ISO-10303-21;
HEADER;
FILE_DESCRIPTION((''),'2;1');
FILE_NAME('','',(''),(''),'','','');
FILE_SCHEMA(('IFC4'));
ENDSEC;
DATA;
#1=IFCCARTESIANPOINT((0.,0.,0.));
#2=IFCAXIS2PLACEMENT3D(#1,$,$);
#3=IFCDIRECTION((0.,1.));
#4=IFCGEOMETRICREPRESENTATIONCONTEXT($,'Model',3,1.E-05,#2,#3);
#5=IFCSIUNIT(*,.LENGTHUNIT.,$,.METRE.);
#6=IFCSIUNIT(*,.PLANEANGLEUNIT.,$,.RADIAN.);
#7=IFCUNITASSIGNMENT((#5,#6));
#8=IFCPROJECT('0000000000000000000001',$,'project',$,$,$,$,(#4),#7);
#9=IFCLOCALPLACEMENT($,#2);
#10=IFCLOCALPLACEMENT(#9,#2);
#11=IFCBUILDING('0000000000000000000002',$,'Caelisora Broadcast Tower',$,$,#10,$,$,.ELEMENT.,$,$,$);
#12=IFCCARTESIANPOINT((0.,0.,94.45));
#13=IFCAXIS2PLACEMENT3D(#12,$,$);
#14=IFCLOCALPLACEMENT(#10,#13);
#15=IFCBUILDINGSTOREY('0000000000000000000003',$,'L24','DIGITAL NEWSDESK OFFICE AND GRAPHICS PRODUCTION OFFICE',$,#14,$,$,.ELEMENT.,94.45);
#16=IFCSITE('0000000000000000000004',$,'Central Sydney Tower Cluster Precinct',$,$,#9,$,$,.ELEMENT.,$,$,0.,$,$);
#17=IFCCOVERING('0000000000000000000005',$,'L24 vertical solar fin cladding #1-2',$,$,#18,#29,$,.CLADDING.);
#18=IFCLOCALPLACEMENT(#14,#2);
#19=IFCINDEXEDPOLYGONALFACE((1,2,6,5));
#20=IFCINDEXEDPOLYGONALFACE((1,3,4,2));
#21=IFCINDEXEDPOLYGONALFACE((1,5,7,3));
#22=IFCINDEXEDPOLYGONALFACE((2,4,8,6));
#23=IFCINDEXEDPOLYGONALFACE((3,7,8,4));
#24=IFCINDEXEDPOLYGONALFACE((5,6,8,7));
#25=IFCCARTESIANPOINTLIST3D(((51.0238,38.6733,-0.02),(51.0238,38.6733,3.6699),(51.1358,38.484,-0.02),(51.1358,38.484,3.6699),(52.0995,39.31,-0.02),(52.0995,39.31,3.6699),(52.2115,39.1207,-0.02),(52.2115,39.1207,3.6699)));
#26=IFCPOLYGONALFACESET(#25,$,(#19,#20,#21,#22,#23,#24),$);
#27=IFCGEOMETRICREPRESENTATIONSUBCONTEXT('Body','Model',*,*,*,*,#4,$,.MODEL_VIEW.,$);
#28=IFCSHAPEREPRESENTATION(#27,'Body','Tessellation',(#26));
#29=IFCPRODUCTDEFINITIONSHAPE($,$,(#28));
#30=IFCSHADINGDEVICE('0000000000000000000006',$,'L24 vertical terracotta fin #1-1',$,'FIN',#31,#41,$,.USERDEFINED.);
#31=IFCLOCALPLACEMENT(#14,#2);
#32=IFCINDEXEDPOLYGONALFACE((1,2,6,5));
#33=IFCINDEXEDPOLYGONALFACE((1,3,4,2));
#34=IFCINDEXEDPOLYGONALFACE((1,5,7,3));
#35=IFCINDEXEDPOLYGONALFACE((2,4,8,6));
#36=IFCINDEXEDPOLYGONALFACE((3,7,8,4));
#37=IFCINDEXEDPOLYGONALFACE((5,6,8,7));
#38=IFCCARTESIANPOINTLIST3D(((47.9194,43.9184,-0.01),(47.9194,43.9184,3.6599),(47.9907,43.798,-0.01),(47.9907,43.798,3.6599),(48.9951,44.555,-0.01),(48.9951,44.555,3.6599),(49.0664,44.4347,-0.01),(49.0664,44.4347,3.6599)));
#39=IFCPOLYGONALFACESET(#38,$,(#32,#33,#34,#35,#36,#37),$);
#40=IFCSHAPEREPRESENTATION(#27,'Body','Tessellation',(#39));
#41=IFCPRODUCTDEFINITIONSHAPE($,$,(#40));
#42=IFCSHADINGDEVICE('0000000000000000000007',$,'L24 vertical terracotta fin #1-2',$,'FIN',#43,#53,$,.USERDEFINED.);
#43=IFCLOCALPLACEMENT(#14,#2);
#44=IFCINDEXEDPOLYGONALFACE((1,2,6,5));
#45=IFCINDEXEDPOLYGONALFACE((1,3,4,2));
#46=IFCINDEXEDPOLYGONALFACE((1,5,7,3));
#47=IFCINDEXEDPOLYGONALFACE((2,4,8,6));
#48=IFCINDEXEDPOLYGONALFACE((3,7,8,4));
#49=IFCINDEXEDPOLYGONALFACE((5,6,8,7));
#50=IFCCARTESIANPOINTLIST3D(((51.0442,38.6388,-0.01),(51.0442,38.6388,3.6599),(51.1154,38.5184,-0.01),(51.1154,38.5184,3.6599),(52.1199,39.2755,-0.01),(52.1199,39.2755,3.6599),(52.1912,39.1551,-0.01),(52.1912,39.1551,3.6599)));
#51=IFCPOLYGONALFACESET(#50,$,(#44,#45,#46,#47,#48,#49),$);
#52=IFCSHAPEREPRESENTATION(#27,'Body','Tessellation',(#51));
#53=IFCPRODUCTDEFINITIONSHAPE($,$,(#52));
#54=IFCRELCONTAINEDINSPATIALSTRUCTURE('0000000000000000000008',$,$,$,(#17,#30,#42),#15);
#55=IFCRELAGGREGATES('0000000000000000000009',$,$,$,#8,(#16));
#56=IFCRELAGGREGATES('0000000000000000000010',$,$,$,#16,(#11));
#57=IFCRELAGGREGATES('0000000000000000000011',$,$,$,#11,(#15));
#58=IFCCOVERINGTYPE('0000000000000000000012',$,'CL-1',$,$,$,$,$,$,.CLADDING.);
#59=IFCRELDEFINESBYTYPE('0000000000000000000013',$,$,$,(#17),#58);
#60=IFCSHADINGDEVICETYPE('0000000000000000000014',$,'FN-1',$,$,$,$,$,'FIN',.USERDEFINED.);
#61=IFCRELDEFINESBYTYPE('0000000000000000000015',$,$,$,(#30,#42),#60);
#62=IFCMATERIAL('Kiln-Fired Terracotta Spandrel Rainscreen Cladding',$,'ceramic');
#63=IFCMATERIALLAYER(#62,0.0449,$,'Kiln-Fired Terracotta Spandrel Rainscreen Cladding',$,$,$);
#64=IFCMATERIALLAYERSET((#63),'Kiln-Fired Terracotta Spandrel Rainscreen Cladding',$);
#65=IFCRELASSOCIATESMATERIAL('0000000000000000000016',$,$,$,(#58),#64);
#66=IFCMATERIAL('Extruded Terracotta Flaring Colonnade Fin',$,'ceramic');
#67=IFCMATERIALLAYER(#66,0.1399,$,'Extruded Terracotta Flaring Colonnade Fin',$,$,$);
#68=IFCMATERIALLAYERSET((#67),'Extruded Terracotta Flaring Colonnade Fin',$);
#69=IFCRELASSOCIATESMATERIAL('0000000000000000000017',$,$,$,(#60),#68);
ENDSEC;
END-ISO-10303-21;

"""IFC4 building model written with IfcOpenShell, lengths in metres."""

from ifc_helpers import new_model, si_unit, direction, frame, origin, origin_2d, place, context, subcontext, project, spatial, rectangle, extrude, source, transform, mapped, material, layer, layer_set, type_object, type_shapes, element, save


model = new_model("IFC4")

# Units and contexts
model_context = context("Model", 3, precision=1e-05, world=origin(), true_north=direction((0.0, 1.0)))
body_context = subcontext(model_context, "Body", "Model", "MODEL_VIEW")
ifc_project = project(units=[si_unit("LENGTHUNIT", "METRE"), si_unit("PLANEANGLEUNIT", "RADIAN")], contexts=[model_context])

# Site, building, storey
site_placement = place(None, origin())
site = spatial("IfcSite", under=ifc_project, at=site_placement, Name="Central Sydney Tower Cluster Precinct", CompositionType="ELEMENT", RefElevation=0.0)
building_placement = place(site_placement, origin())
building = spatial("IfcBuilding", under=site, at=building_placement, Name="Caelisora Broadcast Tower", CompositionType="ELEMENT")
storey_placement = place(building_placement, frame((0.0, 0.0, 94.45)))
storey = spatial("IfcBuildingStorey", under=building, at=storey_placement, Name="L24", Description="DIGITAL NEWSDESK OFFICE AND GRAPHICS PRODUCTION OFFICE", CompositionType="ELEMENT", Elevation=94.45)

# Covering
ifc_material_1 = material(Name="Kiln-Fired Terracotta Spandrel Rainscreen Cladding", Category="ceramic")
ifc_layer_1 = layer(ifc_material_1, 0.0449, Name="Kiln-Fired Terracotta Spandrel Rainscreen Cladding")
ifc_layer_set_1 = layer_set([ifc_layer_1], Name="Kiln-Fired Terracotta Spandrel Rainscreen Cladding")
covering_type = type_object("IfcCoveringType", Name="CL-1", PredefinedType="CLADDING", material=ifc_layer_set_1)
shared_shape_1 = source(origin(), body_context, "Body", "SweptSolid", [
    extrude(rectangle(XDim=0.22, YDim=1.25, at=origin_2d()), origin(), (0.0, 0.0, 1.0), 3.6899),
])
type_shapes(covering_type, [shared_shape_1])
for number, where, z_axis, x_axis, name in (
    (1, (51.6177, 38.897, -0.02), (0.0, 0.0, 1.0), (0.509342, -0.860564, 0.0), "L24 vertical solar fin cladding #1-2"),
):
    element("IfcCovering", number, at=place(storey_placement, frame(where, z_axis=z_axis, x_axis=x_axis)), inside=storey, type_object=covering_type, Name=name, PredefinedType="CLADDING", context=body_context, shape_type="MappedRepresentation", body=[
        mapped(shared_shape_1, transform((0.0, 0.0, 0.0), scale=1.0)),
    ])

# Shading devices
ifc_material_2 = material(Name="Extruded Terracotta Flaring Colonnade Fin", Category="ceramic")
ifc_layer_2 = layer(ifc_material_2, 0.1399, Name="Extruded Terracotta Flaring Colonnade Fin")
ifc_layer_set_2 = layer_set([ifc_layer_2], Name="Extruded Terracotta Flaring Colonnade Fin")
shading_device_type = type_object("IfcShadingDeviceType", Name="FN-1", ElementType="FIN", PredefinedType="USERDEFINED", material=ifc_layer_set_2)
shared_shape_2 = source(origin(), body_context, "Body", "SweptSolid", [
    extrude(rectangle(XDim=0.1399, YDim=1.25, at=origin_2d()), origin(), (0.0, 0.0, 1.0), 3.6699),
])
type_shapes(shading_device_type, [shared_shape_2])
for number, where, z_axis, x_axis, name in (
    (2, (48.4929, 44.1765, -0.01), (0.0, 0.0, 1.0), (0.509342, -0.860564, 0.0), "L24 vertical terracotta fin #1-1"),
    (3, (51.6177, 38.897, -0.01), (0.0, 0.0, 1.0), (0.509342, -0.860564, 0.0), "L24 vertical terracotta fin #1-2"),
):
    element("IfcShadingDevice", number, at=place(storey_placement, frame(where, z_axis=z_axis, x_axis=x_axis)), inside=storey, type_object=shading_device_type, Name=name, ObjectType="FIN", PredefinedType="USERDEFINED", context=body_context, shape_type="MappedRepresentation", body=[
        mapped(shared_shape_2, transform((0.0, 0.0, 0.0), scale=1.0)),
    ])

save(model, "model.ifc")
